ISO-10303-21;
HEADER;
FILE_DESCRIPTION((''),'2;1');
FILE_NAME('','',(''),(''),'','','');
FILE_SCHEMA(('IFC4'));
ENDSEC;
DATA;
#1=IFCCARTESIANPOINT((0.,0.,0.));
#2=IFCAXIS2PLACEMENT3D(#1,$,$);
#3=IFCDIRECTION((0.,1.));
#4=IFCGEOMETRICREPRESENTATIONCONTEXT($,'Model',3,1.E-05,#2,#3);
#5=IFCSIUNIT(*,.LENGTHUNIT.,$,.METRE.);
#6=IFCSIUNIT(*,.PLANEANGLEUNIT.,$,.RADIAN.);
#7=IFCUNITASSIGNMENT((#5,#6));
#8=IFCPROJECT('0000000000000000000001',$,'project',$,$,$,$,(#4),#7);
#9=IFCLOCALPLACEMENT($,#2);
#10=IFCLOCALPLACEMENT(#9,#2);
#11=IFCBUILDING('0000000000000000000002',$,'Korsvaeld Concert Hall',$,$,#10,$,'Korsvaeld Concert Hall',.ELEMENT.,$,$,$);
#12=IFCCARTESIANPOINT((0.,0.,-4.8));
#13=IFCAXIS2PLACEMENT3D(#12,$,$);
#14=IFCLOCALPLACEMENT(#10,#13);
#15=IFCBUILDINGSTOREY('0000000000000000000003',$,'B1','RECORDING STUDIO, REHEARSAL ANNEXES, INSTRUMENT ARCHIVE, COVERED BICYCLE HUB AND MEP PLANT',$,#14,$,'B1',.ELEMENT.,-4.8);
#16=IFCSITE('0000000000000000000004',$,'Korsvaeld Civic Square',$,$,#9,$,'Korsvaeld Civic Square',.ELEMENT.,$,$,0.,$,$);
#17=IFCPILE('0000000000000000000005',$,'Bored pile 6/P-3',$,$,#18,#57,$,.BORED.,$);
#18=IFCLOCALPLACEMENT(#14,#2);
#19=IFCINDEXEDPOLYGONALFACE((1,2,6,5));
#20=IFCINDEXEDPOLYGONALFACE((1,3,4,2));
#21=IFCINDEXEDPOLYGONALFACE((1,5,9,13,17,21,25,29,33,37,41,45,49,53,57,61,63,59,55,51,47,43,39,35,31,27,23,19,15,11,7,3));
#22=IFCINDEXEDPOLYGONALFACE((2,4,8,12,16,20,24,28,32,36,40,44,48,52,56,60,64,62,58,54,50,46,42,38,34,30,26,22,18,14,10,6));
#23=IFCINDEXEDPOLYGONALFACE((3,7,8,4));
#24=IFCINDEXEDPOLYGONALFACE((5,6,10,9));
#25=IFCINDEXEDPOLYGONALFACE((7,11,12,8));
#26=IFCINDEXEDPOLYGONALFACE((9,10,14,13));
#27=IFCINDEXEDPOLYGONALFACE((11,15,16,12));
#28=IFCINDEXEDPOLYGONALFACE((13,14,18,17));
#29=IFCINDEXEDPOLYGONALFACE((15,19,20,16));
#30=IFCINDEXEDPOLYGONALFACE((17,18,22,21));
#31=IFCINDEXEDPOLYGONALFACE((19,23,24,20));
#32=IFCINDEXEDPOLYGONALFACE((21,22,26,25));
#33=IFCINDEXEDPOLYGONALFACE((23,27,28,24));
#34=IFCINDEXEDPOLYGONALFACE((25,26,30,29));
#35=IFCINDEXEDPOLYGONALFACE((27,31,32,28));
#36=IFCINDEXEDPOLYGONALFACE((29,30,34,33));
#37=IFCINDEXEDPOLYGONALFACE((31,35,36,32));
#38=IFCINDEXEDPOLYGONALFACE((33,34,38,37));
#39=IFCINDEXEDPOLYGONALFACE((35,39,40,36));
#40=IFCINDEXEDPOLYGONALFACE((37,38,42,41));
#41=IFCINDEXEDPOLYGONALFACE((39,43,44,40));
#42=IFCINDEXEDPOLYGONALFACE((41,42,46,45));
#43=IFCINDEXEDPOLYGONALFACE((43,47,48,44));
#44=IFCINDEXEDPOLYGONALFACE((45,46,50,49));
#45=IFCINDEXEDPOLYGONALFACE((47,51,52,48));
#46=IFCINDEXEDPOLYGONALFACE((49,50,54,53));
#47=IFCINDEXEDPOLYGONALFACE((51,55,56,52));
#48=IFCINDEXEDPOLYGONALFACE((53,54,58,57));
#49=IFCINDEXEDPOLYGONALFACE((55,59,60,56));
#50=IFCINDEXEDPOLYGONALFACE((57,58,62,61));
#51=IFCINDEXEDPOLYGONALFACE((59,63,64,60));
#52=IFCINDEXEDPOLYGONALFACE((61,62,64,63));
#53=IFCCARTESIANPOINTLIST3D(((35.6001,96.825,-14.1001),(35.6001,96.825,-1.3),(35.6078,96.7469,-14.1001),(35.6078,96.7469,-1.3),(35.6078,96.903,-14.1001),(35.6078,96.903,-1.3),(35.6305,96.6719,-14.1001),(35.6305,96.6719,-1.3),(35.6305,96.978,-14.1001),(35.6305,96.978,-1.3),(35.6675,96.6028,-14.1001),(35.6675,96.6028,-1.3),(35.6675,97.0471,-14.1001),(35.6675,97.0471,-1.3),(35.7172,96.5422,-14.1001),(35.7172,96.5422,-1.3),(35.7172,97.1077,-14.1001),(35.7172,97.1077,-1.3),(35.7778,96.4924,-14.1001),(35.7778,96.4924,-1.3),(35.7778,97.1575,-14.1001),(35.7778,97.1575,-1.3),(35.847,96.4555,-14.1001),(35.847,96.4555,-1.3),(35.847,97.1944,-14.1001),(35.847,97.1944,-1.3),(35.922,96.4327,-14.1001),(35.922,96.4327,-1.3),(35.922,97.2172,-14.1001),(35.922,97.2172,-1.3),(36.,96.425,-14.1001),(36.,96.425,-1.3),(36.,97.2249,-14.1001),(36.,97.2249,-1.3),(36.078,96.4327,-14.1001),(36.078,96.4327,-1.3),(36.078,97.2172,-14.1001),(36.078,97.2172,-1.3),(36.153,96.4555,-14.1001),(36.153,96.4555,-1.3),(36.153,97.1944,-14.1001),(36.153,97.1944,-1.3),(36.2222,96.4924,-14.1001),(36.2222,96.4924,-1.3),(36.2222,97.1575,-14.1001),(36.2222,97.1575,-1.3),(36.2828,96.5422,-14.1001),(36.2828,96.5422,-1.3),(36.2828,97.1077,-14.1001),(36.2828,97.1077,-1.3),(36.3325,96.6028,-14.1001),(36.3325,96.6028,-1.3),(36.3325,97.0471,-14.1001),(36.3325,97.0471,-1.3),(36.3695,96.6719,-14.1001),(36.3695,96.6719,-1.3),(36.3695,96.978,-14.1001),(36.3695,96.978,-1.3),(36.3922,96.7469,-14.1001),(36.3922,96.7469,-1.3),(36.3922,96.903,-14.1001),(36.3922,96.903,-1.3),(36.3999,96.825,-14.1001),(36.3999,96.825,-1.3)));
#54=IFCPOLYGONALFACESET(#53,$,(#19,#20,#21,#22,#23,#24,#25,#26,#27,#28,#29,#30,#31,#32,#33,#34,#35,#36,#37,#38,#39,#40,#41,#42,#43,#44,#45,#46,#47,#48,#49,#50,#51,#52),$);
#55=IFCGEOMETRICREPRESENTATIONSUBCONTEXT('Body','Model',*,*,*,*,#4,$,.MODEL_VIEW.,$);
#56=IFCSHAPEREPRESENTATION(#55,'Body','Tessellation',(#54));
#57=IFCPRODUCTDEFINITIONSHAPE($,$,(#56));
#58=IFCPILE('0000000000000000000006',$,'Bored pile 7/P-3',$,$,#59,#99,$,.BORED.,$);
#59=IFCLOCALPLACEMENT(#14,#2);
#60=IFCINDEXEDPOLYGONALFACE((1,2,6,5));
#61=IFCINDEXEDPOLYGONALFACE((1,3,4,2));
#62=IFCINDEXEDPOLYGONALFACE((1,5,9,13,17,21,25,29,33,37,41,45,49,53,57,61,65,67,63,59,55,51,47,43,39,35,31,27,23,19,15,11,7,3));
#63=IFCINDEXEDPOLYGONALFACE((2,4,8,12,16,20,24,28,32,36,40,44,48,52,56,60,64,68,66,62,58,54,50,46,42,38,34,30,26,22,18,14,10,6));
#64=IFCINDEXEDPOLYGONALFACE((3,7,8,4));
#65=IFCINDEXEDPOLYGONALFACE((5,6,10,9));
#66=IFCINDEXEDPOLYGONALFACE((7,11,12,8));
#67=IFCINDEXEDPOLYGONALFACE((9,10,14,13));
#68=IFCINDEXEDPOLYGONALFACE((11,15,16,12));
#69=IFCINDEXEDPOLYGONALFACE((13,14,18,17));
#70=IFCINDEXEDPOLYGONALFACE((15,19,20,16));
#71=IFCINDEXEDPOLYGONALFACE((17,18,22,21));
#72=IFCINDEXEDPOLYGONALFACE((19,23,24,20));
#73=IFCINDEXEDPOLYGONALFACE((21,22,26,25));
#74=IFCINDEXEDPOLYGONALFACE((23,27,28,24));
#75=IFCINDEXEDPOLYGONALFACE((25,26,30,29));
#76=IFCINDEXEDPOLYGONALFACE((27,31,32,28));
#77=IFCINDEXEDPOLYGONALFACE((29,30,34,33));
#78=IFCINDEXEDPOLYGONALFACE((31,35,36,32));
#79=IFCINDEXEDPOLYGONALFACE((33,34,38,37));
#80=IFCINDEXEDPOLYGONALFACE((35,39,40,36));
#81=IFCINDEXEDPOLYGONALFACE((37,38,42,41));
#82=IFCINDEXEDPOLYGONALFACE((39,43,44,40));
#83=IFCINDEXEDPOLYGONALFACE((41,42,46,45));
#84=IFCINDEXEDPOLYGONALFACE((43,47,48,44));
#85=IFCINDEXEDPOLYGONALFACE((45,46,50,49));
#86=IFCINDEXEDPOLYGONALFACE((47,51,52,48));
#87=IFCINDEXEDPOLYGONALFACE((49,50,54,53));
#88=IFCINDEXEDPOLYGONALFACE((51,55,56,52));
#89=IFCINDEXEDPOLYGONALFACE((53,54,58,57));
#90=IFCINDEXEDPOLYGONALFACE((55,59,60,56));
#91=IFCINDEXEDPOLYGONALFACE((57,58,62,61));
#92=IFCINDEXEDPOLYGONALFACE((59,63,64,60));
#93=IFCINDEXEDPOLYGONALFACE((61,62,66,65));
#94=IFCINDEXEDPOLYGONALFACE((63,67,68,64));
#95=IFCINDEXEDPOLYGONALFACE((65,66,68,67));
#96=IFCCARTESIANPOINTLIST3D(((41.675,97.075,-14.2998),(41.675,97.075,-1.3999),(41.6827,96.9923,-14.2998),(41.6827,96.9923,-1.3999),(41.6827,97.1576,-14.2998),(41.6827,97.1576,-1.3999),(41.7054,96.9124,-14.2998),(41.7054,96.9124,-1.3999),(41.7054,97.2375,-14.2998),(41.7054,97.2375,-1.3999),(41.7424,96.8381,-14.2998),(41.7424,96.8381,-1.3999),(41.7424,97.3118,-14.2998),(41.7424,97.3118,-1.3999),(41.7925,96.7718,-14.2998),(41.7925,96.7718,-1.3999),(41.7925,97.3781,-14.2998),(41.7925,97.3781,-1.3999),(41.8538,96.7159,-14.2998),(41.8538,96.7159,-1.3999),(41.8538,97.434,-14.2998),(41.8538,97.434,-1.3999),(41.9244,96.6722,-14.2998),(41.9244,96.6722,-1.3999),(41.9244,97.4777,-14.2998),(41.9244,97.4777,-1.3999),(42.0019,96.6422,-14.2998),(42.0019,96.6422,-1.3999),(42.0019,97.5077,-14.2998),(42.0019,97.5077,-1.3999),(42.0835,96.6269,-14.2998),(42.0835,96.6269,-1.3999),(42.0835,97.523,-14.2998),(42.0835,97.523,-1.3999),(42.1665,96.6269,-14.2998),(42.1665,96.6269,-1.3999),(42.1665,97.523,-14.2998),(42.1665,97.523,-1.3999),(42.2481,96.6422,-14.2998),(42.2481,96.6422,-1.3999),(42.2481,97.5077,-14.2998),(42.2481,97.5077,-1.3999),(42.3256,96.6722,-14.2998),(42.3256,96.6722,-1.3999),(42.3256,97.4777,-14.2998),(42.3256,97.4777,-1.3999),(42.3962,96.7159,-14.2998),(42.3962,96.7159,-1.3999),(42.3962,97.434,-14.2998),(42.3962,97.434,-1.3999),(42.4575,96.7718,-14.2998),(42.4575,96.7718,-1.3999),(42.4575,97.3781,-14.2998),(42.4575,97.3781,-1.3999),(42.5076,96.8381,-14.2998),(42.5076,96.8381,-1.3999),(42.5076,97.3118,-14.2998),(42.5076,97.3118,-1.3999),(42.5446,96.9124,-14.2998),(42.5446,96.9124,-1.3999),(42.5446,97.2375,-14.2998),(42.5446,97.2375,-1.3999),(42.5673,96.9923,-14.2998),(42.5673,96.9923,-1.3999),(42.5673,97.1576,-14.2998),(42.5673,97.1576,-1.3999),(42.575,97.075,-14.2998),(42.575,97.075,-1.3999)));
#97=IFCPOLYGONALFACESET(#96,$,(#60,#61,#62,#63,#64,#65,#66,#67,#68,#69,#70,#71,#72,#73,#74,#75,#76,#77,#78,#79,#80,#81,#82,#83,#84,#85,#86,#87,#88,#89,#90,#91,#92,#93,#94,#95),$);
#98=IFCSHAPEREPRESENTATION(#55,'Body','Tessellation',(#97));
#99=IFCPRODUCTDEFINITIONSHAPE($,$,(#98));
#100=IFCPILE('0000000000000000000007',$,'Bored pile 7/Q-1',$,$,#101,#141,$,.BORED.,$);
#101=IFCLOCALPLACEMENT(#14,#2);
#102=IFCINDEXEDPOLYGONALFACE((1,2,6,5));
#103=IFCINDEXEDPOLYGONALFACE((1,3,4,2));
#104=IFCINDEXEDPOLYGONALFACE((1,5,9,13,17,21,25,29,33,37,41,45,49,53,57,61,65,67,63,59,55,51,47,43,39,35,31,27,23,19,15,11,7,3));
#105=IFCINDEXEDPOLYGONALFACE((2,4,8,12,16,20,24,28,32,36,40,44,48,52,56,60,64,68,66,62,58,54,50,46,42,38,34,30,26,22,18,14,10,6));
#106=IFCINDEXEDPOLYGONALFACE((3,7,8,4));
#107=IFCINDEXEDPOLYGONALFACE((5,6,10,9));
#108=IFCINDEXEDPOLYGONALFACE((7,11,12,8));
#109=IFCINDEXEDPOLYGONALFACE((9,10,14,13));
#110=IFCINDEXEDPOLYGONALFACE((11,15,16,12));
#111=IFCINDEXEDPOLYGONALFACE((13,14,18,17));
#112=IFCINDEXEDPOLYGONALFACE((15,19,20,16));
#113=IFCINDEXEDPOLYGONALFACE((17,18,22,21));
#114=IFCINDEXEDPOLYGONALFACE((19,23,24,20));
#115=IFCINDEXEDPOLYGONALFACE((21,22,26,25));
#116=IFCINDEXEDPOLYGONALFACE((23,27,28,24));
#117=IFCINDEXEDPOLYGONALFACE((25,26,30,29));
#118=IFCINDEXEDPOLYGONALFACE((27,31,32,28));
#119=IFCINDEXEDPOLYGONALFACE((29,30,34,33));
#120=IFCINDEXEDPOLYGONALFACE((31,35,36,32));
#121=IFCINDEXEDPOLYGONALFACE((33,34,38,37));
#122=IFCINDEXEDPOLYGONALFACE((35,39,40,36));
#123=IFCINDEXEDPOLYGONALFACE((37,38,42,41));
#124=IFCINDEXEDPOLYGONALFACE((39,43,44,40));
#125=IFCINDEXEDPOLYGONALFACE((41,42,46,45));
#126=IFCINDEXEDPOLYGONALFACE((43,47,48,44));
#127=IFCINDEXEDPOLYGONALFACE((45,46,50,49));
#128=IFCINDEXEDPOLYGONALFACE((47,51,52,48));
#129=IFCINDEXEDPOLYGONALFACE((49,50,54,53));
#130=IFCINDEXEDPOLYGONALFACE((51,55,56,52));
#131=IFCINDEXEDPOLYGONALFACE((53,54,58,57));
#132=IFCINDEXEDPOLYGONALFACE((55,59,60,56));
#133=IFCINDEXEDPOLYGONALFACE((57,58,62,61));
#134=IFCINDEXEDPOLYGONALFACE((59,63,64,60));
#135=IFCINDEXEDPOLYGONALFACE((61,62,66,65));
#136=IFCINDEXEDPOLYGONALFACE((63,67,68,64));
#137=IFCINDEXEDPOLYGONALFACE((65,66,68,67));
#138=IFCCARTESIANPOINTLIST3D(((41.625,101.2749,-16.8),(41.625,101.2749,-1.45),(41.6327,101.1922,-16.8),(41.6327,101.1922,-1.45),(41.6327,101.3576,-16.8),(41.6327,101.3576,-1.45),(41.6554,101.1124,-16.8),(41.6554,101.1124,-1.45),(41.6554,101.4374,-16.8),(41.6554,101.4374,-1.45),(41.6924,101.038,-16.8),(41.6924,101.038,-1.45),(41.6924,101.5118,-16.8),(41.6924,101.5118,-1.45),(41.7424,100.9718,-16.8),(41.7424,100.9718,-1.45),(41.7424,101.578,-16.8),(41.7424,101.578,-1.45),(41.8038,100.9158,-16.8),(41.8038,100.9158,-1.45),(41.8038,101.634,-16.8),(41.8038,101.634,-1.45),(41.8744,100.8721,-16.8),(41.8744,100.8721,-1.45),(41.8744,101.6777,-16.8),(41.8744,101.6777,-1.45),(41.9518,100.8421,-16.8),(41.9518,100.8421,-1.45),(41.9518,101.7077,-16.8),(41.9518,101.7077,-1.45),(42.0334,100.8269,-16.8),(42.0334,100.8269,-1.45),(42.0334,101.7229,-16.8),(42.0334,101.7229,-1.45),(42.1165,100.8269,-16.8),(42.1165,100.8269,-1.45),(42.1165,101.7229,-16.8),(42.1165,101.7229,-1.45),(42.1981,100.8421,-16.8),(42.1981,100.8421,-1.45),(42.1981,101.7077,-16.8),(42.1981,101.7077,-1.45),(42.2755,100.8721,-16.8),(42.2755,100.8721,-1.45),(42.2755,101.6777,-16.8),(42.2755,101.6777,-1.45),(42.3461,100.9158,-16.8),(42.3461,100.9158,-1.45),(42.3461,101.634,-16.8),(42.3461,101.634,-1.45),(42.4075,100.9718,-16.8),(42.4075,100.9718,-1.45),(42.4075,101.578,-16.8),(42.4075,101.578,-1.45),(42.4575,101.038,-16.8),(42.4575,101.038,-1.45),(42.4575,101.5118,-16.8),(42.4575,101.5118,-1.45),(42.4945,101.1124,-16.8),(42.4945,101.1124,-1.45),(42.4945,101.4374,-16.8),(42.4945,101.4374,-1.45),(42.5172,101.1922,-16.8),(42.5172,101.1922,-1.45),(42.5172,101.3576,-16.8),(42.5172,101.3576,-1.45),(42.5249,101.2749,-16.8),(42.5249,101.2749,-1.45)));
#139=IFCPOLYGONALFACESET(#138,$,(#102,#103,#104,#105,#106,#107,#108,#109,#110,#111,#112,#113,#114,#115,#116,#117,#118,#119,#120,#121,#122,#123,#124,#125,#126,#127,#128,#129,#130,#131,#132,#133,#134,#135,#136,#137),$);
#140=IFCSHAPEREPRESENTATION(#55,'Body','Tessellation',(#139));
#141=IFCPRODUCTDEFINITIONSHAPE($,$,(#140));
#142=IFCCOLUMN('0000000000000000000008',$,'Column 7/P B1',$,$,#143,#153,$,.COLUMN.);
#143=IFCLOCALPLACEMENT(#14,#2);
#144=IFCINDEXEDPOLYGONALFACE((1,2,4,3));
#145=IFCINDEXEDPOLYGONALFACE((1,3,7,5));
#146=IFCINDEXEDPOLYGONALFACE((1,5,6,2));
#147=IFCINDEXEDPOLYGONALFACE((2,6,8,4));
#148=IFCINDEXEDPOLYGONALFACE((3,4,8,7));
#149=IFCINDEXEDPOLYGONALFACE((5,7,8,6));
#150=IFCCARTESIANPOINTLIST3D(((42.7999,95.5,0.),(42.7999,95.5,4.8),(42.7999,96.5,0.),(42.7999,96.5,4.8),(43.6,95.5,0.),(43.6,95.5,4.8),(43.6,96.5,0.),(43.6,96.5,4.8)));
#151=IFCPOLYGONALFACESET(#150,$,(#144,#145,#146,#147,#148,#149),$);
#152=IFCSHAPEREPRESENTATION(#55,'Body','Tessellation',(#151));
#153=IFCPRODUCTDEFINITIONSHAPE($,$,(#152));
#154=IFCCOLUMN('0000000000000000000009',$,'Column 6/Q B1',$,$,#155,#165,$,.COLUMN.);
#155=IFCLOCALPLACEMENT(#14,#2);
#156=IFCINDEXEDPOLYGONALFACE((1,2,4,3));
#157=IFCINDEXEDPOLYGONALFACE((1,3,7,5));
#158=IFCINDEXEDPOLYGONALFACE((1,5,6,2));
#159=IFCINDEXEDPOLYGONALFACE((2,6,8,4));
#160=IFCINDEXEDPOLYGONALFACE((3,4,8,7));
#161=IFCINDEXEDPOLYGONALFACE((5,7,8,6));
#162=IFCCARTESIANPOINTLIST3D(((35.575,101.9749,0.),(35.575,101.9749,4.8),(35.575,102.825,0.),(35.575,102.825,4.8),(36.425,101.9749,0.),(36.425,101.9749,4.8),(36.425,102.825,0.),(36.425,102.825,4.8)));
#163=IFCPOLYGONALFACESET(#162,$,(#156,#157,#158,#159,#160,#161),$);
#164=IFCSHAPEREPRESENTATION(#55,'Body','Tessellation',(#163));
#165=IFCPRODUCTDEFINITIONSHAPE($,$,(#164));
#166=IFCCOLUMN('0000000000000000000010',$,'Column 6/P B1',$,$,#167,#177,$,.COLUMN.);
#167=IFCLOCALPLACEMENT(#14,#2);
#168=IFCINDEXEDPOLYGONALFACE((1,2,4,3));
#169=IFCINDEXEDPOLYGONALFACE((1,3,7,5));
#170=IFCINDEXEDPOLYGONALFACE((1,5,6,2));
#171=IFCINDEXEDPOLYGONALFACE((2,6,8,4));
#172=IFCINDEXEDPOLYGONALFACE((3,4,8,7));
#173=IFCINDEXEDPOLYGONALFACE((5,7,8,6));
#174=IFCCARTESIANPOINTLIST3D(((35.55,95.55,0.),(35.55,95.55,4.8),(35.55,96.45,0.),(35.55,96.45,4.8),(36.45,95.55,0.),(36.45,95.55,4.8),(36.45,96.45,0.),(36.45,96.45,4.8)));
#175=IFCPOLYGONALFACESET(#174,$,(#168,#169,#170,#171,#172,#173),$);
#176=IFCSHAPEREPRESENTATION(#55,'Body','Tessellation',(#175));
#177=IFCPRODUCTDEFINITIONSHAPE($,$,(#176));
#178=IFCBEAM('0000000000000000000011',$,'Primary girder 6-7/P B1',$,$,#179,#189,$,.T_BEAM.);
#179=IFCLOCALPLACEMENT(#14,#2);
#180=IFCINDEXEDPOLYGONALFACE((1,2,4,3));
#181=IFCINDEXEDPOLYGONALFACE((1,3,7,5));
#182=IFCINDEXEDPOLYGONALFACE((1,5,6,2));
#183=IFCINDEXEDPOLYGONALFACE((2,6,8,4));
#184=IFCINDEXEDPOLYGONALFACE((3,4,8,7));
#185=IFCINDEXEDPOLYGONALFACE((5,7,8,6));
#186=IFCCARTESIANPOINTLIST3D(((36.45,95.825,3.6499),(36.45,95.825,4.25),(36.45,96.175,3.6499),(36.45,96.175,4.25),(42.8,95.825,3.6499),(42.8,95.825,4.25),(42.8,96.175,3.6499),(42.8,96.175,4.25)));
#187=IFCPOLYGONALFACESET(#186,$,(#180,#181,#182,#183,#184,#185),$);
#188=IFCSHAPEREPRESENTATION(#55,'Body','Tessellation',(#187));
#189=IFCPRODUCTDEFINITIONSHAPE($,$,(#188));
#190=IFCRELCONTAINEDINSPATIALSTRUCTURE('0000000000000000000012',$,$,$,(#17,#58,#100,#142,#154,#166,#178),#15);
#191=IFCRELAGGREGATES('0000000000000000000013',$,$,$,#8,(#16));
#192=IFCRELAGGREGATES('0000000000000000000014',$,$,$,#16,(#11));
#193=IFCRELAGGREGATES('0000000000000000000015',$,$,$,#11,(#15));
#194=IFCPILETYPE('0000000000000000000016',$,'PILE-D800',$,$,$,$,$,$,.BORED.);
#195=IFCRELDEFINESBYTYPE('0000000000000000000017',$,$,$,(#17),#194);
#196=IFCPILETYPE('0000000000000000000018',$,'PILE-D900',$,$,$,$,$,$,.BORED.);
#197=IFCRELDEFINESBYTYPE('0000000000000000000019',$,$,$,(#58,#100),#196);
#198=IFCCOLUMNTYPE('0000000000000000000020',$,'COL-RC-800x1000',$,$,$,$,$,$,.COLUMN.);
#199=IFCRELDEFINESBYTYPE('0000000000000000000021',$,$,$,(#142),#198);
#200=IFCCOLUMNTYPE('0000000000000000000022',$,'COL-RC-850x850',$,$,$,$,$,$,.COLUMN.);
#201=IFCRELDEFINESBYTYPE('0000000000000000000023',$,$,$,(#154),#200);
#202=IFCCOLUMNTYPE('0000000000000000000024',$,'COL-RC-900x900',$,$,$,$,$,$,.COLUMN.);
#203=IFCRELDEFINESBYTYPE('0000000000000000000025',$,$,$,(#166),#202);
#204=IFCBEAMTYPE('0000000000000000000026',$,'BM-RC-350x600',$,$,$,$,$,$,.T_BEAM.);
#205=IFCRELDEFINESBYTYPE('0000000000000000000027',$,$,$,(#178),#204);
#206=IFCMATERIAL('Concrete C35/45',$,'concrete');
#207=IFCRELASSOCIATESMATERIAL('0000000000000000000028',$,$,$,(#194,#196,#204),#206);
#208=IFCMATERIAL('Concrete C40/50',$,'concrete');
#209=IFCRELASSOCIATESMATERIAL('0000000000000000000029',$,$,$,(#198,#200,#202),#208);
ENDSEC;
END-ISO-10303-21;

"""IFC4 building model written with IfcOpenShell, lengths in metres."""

from ifc_helpers import new_model, si_unit, direction, frame, origin, origin_2d, place, context, subcontext, project, spatial, rectangle, circle, extrude, material, material_profile, profile_set, type_object, element, save


model = new_model("IFC4")

# Units and contexts
model_context = context("Model", 3, precision=1e-05, world=origin(), true_north=direction((0.0, 1.0)))
body_context = subcontext(model_context, "Body", "Model", "MODEL_VIEW")
ifc_project = project(units=[si_unit("LENGTHUNIT", "METRE"), si_unit("PLANEANGLEUNIT", "RADIAN")], contexts=[model_context])

# Site, building, storey
site_placement = place(None, origin())
site = spatial("IfcSite", under=ifc_project, at=site_placement, Name="Korsvaeld Civic Square", LongName="Korsvaeld Civic Square", CompositionType="ELEMENT", RefElevation=0.0)
building_placement = place(site_placement, origin())
building = spatial("IfcBuilding", under=site, at=building_placement, Name="Korsvaeld Concert Hall", LongName="Korsvaeld Concert Hall", CompositionType="ELEMENT")
storey_placement = place(building_placement, frame((0.0, 0.0, -4.8)))
storey = spatial("IfcBuildingStorey", under=building, at=storey_placement, Name="B1", Description="RECORDING STUDIO, REHEARSAL ANNEXES, INSTRUMENT ARCHIVE, COVERED BICYCLE HUB AND MEP PLANT", LongName="B1", CompositionType="ELEMENT", Elevation=-4.8)

# Shared definitions
ifc_material_1 = material(Name="Concrete C35/45", Category="concrete")

# Piles
ifc_material_profile_1 = material_profile(ifc_material_1, circle(Radius=0.3999, at=origin_2d()), Name="BORED PILE D800")
ifc_profile_set_1 = profile_set([ifc_material_profile_1], Name="Concrete C35/45")
pile_type_1 = type_object("IfcPileType", Name="PILE-D800", PredefinedType="BORED", material=ifc_profile_set_1)
pile_1_placement = place(storey_placement, frame((36.0, 96.825, -1.3), z_axis=(0.0, 0.0, -1.0), x_axis=(1.0, 0.0, 0.0)))
element("IfcPile", 1, at=pile_1_placement, inside=storey, type_object=pile_type_1, Name="Bored pile 6/P-3", PredefinedType="BORED", context=body_context, shape_type="SweptSolid", body=[
    extrude(circle(Radius=0.3999, at=origin_2d()), origin(), (0.0, 0.0, 1.0), 12.8),
])
ifc_material_profile_2 = material_profile(ifc_material_1, circle(Radius=0.45, at=origin_2d()), Name="BORED PILE D900")
ifc_profile_set_2 = profile_set([ifc_material_profile_2], Name="Concrete C35/45")
pile_type_2 = type_object("IfcPileType", Name="PILE-D900", PredefinedType="BORED", material=ifc_profile_set_2)
pile_2_placement = place(storey_placement, frame((42.125, 97.075, -1.3999), z_axis=(0.0, 0.0, -1.0), x_axis=(1.0, 0.0, 0.0)))
element("IfcPile", 2, at=pile_2_placement, inside=storey, type_object=pile_type_2, Name="Bored pile 7/P-3", PredefinedType="BORED", context=body_context, shape_type="SweptSolid", body=[
    extrude(circle(Radius=0.45, at=origin_2d()), origin(), (0.0, 0.0, 1.0), 12.8999),
])
pile_3_placement = place(storey_placement, frame((42.075, 101.2749, -1.45), z_axis=(0.0, 0.0, -1.0), x_axis=(1.0, 0.0, 0.0)))
element("IfcPile", 3, at=pile_3_placement, inside=storey, type_object=pile_type_2, Name="Bored pile 7/Q-1", PredefinedType="BORED", context=body_context, shape_type="SweptSolid", body=[
    extrude(circle(Radius=0.45, at=origin_2d()), origin(), (0.0, 0.0, 1.0), 15.3501),
])

# Columns
ifc_material_2 = material(Name="Concrete C40/50", Category="concrete")
ifc_material_profile_3 = material_profile(ifc_material_2, rectangle(XDim=0.8, YDim=1.0, at=origin_2d()), Name="RC 800x1000")
ifc_profile_set_3 = profile_set([ifc_material_profile_3], Name="Concrete C40/50")
column_type_1 = type_object("IfcColumnType", Name="COL-RC-800x1000", PredefinedType="COLUMN", material=ifc_profile_set_3)
column_1_placement = place(storey_placement, frame((43.2, 96.0, 0.0), z_axis=(0.0, 0.0, 1.0), x_axis=(1.0, 0.0, 0.0)))
element("IfcColumn", 4, at=column_1_placement, inside=storey, type_object=column_type_1, Name="Column 7/P B1", PredefinedType="COLUMN", context=body_context, shape_type="SweptSolid", body=[
    extrude(rectangle(XDim=0.8, YDim=1.0, at=origin_2d()), origin(), (0.0, 0.0, 1.0), 4.8),
])
ifc_material_profile_4 = material_profile(ifc_material_2, rectangle(XDim=0.8501, YDim=0.8501, at=origin_2d()), Name="RC 850x850")
ifc_profile_set_4 = profile_set([ifc_material_profile_4], Name="Concrete C40/50")
column_type_2 = type_object("IfcColumnType", Name="COL-RC-850x850", PredefinedType="COLUMN", material=ifc_profile_set_4)
column_2_placement = place(storey_placement, frame((36.0, 102.3999, 0.0), z_axis=(0.0, 0.0, 1.0), x_axis=(1.0, 0.0, 0.0)))
element("IfcColumn", 5, at=column_2_placement, inside=storey, type_object=column_type_2, Name="Column 6/Q B1", PredefinedType="COLUMN", context=body_context, shape_type="SweptSolid", body=[
    extrude(rectangle(XDim=0.8501, YDim=0.8501, at=origin_2d()), origin(), (0.0, 0.0, 1.0), 4.8),
])
ifc_material_profile_5 = material_profile(ifc_material_2, rectangle(XDim=0.8999, YDim=0.8999, at=origin_2d()), Name="RC 900x900")
ifc_profile_set_5 = profile_set([ifc_material_profile_5], Name="Concrete C40/50")
column_type_3 = type_object("IfcColumnType", Name="COL-RC-900x900", PredefinedType="COLUMN", material=ifc_profile_set_5)
column_3_placement = place(storey_placement, frame((36.0, 96.0, 0.0), z_axis=(0.0, 0.0, 1.0), x_axis=(1.0, 0.0, 0.0)))
element("IfcColumn", 6, at=column_3_placement, inside=storey, type_object=column_type_3, Name="Column 6/P B1", PredefinedType="COLUMN", context=body_context, shape_type="SweptSolid", body=[
    extrude(rectangle(XDim=0.8999, YDim=0.8999, at=origin_2d()), origin(), (0.0, 0.0, 1.0), 4.8),
])

# Beam
ifc_material_profile_6 = material_profile(ifc_material_1, rectangle(XDim=0.3501, YDim=0.6001, at=origin_2d()), Name="RC 350x600")
ifc_profile_set_6 = profile_set([ifc_material_profile_6], Name="Concrete C35/45")
beam_type_1 = type_object("IfcBeamType", Name="BM-RC-350x600", PredefinedType="T_BEAM", material=ifc_profile_set_6)
beam_1_placement = place(storey_placement, frame((36.45, 96.0, 3.95), z_axis=(1.0, 0.0, 0.0), x_axis=(0.0, 1.0, 0.0)))
element("IfcBeam", 7, at=beam_1_placement, inside=storey, type_object=beam_type_1, Name="Primary girder 6-7/P B1", PredefinedType="T_BEAM", context=body_context, shape_type="SweptSolid", body=[
    extrude(rectangle(XDim=0.3501, YDim=0.6001, at=origin_2d()), origin(), (0.0, 0.0, 1.0), 6.3501),
])

save(model, "model.ifc")
